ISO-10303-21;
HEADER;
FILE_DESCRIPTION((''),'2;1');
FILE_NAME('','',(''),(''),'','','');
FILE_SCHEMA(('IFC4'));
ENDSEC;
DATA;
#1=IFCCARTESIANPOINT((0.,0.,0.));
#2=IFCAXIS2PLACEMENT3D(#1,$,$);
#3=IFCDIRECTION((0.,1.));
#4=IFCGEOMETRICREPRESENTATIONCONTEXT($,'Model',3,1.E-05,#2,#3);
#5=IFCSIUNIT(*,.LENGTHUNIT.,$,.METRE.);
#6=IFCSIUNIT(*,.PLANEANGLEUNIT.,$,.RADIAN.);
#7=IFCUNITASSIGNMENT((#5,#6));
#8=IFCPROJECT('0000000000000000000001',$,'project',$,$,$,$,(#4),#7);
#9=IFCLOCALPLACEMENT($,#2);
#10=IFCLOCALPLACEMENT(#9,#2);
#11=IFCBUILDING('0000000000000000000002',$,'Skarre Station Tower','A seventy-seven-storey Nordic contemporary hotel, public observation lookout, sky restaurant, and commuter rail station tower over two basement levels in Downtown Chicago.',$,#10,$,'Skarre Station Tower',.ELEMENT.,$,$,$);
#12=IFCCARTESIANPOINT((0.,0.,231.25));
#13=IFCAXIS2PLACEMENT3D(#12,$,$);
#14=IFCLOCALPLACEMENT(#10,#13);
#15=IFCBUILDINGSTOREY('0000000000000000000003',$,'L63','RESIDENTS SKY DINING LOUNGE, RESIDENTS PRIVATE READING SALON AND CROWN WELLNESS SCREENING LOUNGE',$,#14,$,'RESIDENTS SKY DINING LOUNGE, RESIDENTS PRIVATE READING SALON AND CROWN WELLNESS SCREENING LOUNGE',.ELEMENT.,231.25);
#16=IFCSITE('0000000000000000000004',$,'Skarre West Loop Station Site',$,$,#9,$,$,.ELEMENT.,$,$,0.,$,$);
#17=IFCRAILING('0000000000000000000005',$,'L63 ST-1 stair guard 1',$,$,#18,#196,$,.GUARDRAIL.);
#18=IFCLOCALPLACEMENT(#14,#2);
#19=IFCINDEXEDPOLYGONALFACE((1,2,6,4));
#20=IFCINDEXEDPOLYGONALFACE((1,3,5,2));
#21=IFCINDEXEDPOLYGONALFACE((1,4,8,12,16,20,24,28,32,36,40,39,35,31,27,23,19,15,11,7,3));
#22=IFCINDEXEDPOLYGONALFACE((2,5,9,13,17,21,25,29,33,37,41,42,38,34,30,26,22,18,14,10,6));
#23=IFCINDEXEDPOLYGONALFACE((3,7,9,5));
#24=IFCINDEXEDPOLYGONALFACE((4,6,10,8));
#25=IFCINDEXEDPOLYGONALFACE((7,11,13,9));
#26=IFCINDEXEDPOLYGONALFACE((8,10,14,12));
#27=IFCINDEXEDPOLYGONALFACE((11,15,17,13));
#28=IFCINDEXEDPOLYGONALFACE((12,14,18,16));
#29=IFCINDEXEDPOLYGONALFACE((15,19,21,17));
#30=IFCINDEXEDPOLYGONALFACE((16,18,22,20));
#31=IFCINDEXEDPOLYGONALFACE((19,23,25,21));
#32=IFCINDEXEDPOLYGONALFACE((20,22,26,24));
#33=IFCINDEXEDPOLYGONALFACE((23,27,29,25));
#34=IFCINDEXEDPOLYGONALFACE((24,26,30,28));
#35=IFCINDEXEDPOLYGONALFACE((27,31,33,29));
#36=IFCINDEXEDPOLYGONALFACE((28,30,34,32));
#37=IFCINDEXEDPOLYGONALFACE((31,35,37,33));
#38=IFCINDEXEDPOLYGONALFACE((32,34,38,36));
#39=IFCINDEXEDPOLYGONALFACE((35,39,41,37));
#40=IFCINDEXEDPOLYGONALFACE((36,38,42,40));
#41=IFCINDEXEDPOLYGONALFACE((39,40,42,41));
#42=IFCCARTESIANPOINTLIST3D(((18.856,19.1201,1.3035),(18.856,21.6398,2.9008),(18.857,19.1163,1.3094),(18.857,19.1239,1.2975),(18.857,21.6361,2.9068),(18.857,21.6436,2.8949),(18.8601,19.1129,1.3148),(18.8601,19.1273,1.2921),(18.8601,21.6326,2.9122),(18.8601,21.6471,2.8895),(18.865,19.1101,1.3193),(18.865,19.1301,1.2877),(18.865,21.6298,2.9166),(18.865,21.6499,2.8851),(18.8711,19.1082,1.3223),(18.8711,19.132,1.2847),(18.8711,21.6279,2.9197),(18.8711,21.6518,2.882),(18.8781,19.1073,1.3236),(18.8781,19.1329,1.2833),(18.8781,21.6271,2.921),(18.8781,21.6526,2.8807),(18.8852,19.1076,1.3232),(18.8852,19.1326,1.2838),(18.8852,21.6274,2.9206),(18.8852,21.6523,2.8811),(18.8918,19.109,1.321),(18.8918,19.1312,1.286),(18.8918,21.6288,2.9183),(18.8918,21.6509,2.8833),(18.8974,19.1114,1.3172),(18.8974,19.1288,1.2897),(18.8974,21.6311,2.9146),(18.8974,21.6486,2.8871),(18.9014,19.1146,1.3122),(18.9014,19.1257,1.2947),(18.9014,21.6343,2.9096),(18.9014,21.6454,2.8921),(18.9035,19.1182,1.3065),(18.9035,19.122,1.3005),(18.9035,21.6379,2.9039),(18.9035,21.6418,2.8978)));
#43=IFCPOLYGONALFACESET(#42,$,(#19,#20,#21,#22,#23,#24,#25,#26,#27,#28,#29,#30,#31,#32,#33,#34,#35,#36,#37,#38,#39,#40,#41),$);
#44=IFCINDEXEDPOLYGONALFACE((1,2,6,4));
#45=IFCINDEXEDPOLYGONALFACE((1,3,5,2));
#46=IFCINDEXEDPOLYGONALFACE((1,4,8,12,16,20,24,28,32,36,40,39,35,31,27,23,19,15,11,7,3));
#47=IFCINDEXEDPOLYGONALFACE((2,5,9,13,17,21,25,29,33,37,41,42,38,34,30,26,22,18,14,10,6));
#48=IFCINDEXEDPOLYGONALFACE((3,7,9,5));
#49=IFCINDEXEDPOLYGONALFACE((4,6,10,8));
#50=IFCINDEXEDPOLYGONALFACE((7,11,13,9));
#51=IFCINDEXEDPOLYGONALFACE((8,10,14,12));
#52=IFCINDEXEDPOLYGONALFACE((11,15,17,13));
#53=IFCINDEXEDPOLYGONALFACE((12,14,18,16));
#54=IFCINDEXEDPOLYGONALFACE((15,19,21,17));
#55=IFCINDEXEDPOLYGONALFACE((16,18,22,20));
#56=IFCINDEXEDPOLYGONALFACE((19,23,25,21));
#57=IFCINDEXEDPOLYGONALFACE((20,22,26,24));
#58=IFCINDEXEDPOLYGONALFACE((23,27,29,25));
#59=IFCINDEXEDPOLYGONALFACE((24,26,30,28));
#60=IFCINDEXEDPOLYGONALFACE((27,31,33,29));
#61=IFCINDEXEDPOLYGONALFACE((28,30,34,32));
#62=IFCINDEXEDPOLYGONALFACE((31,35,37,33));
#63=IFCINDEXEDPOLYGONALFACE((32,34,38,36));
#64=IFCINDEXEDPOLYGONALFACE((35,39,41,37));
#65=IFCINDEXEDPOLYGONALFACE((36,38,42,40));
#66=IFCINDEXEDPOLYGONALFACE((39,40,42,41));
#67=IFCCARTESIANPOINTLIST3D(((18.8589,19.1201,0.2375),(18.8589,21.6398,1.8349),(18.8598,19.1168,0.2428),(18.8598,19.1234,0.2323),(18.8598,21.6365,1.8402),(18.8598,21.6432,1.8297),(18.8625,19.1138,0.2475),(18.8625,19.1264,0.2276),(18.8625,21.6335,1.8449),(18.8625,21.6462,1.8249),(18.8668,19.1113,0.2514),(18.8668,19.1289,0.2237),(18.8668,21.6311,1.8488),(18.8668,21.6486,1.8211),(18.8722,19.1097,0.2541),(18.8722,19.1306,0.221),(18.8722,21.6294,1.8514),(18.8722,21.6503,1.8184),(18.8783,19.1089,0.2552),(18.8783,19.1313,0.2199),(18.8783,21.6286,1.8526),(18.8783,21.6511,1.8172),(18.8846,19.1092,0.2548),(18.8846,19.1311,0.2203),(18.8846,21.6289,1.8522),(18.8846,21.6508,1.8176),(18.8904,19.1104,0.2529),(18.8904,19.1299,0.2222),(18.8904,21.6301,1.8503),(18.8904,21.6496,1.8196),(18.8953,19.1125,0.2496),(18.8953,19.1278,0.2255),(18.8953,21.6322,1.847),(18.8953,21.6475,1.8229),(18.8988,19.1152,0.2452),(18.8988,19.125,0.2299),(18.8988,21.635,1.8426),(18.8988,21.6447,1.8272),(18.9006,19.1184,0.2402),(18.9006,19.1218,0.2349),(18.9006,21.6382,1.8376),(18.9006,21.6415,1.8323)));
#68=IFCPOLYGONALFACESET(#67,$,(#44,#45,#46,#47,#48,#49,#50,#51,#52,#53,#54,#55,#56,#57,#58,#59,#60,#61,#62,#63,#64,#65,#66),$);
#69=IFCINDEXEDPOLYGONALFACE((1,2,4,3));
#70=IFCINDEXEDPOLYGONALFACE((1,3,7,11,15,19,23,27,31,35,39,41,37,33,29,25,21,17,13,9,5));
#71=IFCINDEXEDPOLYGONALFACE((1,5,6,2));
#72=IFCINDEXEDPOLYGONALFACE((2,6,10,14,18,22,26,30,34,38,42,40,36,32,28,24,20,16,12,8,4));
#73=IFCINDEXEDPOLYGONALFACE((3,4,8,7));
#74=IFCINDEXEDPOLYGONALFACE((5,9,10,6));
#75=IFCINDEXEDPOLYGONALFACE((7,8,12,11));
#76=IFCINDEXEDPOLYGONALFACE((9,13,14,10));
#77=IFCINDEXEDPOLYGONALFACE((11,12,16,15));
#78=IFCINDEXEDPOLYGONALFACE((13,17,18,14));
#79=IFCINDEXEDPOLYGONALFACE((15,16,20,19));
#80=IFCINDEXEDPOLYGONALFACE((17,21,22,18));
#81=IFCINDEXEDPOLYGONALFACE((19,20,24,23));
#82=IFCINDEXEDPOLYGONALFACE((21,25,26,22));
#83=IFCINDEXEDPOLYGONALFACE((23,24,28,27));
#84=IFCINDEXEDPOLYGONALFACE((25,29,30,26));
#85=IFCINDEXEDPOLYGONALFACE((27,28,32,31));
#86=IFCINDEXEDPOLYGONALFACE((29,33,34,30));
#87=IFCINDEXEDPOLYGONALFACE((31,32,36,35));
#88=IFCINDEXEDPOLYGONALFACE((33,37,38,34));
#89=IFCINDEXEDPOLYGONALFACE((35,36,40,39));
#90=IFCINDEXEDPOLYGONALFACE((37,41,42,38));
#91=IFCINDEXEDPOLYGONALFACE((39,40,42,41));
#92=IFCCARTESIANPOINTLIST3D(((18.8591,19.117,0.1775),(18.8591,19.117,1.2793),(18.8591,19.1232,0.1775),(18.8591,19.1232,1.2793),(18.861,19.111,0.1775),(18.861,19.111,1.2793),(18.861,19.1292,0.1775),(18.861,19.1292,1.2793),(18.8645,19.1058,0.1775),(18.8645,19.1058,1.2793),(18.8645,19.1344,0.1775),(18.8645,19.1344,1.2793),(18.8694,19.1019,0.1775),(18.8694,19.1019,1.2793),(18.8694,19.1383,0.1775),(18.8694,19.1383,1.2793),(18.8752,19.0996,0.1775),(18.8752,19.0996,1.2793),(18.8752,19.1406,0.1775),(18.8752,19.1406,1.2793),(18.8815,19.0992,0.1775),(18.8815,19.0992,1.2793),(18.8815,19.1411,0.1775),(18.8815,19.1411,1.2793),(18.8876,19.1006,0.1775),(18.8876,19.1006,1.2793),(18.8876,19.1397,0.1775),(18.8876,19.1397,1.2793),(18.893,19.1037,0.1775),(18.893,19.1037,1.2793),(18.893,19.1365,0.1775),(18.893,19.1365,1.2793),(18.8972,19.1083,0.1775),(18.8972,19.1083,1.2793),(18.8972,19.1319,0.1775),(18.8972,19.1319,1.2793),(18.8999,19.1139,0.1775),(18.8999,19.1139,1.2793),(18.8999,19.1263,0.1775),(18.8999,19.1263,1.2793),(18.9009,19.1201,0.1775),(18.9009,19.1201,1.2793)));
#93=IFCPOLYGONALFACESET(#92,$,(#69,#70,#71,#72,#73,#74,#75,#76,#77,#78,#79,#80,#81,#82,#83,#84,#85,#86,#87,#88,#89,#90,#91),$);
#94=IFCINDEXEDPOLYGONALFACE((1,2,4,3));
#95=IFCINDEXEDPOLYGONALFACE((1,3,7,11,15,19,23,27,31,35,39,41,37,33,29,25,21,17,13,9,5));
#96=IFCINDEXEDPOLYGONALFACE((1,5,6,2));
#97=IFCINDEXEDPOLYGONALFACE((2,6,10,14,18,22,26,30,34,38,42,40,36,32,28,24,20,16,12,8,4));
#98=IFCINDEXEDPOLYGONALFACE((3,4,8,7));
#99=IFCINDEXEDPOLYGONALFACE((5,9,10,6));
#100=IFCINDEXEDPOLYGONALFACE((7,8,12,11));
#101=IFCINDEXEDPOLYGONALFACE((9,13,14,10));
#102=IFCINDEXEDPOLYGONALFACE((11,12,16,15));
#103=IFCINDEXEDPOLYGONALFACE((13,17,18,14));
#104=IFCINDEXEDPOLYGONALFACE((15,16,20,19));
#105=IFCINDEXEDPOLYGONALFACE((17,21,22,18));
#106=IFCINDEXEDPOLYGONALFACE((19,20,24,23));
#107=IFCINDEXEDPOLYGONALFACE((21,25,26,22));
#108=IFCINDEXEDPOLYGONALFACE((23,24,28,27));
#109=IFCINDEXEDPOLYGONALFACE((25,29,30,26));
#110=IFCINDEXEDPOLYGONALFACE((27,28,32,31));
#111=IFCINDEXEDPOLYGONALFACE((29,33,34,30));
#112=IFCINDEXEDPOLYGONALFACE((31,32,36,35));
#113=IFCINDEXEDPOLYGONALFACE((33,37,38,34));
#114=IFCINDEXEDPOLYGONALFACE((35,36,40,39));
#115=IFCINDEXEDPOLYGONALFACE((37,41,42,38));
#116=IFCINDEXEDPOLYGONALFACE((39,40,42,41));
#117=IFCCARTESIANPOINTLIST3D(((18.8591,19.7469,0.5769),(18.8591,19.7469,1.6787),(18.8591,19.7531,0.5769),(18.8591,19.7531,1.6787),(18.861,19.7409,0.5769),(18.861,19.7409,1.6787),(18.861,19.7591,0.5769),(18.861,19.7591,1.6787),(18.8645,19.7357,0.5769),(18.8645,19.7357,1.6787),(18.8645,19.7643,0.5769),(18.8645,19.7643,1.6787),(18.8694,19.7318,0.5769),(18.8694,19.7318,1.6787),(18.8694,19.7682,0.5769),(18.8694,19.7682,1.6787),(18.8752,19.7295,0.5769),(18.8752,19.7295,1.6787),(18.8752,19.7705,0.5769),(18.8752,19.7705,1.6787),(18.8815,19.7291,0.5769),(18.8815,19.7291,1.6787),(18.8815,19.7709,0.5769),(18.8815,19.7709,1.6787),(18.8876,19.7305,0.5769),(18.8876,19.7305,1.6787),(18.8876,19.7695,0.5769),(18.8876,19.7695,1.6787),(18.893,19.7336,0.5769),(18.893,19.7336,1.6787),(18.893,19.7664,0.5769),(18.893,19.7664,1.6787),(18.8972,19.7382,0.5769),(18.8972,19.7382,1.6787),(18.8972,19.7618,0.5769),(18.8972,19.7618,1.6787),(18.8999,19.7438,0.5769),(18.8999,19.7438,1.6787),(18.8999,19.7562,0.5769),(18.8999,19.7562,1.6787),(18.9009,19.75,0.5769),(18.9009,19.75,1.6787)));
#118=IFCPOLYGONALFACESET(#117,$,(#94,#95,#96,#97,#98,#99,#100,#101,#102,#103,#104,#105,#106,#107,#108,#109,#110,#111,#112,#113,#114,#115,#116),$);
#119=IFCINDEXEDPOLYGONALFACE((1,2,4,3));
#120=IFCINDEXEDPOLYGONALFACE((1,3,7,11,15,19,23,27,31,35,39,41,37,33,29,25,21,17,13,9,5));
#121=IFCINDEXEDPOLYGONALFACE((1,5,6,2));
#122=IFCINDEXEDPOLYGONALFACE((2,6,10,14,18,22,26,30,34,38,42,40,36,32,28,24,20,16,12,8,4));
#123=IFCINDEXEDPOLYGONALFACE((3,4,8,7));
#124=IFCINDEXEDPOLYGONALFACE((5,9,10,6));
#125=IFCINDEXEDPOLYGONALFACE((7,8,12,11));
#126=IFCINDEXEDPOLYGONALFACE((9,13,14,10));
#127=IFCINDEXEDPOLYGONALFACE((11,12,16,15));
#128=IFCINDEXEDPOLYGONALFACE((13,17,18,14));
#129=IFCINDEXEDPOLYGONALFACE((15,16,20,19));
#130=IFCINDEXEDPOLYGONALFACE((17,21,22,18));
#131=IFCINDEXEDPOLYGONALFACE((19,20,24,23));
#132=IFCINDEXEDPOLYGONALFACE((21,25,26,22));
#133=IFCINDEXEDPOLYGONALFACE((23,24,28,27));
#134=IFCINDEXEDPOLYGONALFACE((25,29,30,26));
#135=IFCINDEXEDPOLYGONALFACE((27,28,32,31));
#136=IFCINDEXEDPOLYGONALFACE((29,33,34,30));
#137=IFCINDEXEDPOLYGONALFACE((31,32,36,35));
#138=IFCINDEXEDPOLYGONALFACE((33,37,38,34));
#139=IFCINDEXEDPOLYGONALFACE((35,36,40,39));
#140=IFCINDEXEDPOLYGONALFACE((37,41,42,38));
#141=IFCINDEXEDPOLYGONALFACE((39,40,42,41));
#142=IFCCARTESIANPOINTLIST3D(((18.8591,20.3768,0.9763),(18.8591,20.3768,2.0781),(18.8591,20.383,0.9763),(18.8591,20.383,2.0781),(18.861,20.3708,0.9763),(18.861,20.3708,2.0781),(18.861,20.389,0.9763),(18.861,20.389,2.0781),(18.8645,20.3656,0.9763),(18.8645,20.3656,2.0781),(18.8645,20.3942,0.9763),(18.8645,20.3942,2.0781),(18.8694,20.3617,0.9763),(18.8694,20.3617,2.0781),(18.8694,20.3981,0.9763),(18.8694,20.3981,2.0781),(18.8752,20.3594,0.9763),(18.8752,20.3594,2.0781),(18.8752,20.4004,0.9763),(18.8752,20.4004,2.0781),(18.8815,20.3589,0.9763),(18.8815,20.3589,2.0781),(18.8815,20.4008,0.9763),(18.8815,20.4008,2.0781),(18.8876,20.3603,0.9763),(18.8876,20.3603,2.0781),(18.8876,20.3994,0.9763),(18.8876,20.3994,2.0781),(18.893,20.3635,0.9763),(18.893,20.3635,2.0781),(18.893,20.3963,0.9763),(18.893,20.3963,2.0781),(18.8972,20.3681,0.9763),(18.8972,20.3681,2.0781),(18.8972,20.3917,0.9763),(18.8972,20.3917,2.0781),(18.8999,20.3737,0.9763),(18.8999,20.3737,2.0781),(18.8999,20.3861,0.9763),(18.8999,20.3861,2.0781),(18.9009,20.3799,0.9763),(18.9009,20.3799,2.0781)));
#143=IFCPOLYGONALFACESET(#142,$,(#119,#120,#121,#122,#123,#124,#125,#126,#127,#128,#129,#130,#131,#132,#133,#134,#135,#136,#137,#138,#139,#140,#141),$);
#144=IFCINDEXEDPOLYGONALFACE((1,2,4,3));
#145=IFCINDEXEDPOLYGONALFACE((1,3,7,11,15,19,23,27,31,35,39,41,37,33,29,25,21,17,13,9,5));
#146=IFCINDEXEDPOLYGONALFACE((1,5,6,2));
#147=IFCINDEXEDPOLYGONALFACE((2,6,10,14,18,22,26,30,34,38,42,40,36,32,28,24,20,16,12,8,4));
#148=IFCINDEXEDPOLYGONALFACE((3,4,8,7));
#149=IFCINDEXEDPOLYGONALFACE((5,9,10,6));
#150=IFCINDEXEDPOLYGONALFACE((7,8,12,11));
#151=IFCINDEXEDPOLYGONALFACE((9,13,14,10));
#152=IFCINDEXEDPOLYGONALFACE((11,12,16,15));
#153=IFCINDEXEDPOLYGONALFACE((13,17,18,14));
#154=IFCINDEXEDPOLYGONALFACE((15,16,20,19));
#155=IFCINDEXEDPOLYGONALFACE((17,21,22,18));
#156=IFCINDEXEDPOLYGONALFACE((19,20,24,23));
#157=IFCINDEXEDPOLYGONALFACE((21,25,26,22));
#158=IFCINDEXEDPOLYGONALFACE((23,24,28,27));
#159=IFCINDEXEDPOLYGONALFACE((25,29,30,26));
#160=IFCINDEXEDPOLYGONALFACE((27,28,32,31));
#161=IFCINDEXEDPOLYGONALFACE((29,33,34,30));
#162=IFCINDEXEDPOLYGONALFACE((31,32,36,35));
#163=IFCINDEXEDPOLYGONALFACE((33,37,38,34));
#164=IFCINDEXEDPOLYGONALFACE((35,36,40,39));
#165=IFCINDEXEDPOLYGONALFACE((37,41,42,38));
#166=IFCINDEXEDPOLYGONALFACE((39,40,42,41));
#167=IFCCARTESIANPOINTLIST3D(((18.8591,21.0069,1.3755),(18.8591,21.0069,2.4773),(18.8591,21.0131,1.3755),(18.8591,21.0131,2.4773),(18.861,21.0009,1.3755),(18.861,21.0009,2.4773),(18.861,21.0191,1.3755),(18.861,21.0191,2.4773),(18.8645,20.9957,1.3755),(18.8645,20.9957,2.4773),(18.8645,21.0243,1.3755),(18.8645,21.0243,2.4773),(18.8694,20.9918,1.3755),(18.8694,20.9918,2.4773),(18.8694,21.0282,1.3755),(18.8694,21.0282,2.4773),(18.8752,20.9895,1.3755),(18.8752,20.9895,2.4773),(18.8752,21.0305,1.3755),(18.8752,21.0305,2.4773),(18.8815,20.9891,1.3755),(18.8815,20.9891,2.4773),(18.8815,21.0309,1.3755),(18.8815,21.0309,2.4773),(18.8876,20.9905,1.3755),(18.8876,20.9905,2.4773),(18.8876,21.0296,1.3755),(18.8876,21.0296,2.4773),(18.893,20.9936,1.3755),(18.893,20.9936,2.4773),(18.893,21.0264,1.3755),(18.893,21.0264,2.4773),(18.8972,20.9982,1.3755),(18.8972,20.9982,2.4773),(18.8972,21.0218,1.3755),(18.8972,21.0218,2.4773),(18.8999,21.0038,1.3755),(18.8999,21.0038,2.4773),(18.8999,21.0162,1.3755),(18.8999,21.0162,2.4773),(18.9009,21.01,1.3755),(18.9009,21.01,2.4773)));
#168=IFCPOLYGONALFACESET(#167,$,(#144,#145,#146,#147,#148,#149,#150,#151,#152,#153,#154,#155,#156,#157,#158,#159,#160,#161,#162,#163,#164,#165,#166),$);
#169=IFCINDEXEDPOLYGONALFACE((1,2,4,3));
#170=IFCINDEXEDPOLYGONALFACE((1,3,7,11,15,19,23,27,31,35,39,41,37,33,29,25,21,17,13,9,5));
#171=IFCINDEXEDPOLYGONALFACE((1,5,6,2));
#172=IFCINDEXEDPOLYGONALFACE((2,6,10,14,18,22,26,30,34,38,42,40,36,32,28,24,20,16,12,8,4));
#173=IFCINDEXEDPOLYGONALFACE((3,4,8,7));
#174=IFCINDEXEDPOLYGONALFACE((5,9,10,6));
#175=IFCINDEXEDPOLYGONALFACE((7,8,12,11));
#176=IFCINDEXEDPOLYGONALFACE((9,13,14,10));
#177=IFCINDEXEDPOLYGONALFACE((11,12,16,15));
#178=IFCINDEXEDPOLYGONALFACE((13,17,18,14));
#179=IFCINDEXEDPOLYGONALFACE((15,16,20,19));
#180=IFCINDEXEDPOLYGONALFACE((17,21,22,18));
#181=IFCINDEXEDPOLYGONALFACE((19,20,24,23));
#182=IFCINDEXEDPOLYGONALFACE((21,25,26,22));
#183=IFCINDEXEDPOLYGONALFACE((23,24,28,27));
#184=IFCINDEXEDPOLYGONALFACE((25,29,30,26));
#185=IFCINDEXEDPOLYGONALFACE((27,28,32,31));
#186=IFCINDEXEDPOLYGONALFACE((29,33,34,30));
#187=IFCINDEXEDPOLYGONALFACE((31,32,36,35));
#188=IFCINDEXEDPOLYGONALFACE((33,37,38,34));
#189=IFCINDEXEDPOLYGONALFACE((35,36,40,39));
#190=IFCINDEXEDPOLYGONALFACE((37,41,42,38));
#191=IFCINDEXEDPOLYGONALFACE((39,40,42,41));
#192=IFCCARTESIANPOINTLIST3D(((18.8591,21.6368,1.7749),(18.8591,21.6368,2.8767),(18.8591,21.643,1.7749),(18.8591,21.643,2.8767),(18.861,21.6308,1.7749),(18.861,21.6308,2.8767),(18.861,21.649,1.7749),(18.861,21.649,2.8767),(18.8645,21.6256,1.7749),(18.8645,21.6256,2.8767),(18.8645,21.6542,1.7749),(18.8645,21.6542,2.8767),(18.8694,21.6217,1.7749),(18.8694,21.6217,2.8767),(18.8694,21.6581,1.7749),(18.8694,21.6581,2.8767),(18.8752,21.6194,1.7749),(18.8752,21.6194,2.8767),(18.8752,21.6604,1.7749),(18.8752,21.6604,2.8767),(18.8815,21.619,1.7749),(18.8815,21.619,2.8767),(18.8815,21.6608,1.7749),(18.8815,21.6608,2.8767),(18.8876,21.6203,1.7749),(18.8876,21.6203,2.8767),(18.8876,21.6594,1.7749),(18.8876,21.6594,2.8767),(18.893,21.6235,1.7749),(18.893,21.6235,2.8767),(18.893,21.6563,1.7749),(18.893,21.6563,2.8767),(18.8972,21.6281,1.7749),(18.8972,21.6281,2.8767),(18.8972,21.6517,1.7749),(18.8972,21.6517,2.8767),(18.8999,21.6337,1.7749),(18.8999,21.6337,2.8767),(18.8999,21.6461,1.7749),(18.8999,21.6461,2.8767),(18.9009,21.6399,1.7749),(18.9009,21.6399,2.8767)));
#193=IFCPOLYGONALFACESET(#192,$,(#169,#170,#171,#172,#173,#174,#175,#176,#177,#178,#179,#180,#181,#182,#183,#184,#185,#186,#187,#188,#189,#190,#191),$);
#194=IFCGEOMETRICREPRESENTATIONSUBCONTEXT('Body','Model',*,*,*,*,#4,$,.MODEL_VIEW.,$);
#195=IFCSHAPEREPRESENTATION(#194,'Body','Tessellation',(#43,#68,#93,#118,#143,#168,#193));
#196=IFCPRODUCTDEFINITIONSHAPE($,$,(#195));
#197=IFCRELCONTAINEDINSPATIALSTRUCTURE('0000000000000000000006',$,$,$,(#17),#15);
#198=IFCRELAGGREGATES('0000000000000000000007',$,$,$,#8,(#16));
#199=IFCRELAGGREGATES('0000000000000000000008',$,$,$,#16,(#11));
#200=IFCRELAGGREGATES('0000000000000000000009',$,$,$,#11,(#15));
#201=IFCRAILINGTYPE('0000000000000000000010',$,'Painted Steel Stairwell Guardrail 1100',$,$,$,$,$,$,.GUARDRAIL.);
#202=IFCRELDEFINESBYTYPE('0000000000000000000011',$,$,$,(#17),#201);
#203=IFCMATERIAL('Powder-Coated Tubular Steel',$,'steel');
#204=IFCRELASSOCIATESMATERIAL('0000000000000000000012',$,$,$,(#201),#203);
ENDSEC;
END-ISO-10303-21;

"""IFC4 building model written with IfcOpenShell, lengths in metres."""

from ifc_helpers import new_model, si_unit, direction, frame, origin, origin_2d, place, context, subcontext, project, spatial, circle, extrude, material, type_object, element, save


model = new_model("IFC4")

# Units and contexts
model_context = context("Model", 3, precision=1e-05, world=origin(), true_north=direction((0.0, 1.0)))
body_context = subcontext(model_context, "Body", "Model", "MODEL_VIEW")
ifc_project = project(units=[si_unit("LENGTHUNIT", "METRE"), si_unit("PLANEANGLEUNIT", "RADIAN")], contexts=[model_context])

# Site, building, storey
site_placement = place(None, origin())
site = spatial("IfcSite", under=ifc_project, at=site_placement, Name="Skarre West Loop Station Site", CompositionType="ELEMENT", RefElevation=0.0)
building_placement = place(site_placement, origin())
building = spatial("IfcBuilding", under=site, at=building_placement, Name="Skarre Station Tower", Description="A seventy-seven-storey Nordic contemporary hotel, public observation lookout, sky restaurant, and commuter rail station tower over two basement levels in Downtown Chicago.", LongName="Skarre Station Tower", CompositionType="ELEMENT")
storey_placement = place(building_placement, frame((0.0, 0.0, 231.25)))
storey = spatial("IfcBuildingStorey", under=building, at=storey_placement, Name="L63", Description="RESIDENTS SKY DINING LOUNGE, RESIDENTS PRIVATE READING SALON AND CROWN WELLNESS SCREENING LOUNGE", LongName="RESIDENTS SKY DINING LOUNGE, RESIDENTS PRIVATE READING SALON AND CROWN WELLNESS SCREENING LOUNGE", CompositionType="ELEMENT", Elevation=231.25)

# Railing
ifc_material_1 = material(Name="Powder-Coated Tubular Steel", Category="steel")
railing_type_1 = type_object("IfcRailingType", Name="Painted Steel Stairwell Guardrail 1100", PredefinedType="GUARDRAIL", material=ifc_material_1)
railing_1_placement = place(storey_placement, frame((18.8799, 19.1201, 0.1775)))
element("IfcRailing", 1, at=railing_1_placement, inside=storey, type_object=railing_type_1, Name="L63 ST-1 stair guard 1", PredefinedType="GUARDRAIL", context=body_context, shape_type="SweptSolid", body=[
    extrude(circle(Radius=0.0239, at=origin_2d()), frame((0.0, 0.0, 1.126), z_axis=(0.0, 0.844583, 0.535424), x_axis=(-1.0, 0.0, 0.0)), (0.0, 0.0, 1.0), 2.9834),
    extrude(circle(Radius=0.021, at=origin_2d()), frame((0.0, 0.0, 0.0601), z_axis=(0.0, 0.844583, 0.535424), x_axis=(-1.0, 0.0, 0.0)), (0.0, 0.0, 1.0), 2.9834),
    extrude(circle(Radius=0.021, at=origin_2d()), origin(), (0.0, 0.0, 1.0), 1.1018),
    extrude(circle(Radius=0.021, at=origin_2d()), frame((0.0, 0.6299, 0.3994)), (0.0, 0.0, 1.0), 1.1018),
    extrude(circle(Radius=0.021, at=origin_2d()), frame((0.0, 1.2598, 0.7988)), (0.0, 0.0, 1.0), 1.1018),
    extrude(circle(Radius=0.021, at=origin_2d()), frame((0.0, 1.8899, 1.198)), (0.0, 0.0, 1.0), 1.1018),
    extrude(circle(Radius=0.021, at=origin_2d()), frame((0.0, 2.5198, 1.5974)), (0.0, 0.0, 1.0), 1.1018),
])

save(model, "model.ifc")
